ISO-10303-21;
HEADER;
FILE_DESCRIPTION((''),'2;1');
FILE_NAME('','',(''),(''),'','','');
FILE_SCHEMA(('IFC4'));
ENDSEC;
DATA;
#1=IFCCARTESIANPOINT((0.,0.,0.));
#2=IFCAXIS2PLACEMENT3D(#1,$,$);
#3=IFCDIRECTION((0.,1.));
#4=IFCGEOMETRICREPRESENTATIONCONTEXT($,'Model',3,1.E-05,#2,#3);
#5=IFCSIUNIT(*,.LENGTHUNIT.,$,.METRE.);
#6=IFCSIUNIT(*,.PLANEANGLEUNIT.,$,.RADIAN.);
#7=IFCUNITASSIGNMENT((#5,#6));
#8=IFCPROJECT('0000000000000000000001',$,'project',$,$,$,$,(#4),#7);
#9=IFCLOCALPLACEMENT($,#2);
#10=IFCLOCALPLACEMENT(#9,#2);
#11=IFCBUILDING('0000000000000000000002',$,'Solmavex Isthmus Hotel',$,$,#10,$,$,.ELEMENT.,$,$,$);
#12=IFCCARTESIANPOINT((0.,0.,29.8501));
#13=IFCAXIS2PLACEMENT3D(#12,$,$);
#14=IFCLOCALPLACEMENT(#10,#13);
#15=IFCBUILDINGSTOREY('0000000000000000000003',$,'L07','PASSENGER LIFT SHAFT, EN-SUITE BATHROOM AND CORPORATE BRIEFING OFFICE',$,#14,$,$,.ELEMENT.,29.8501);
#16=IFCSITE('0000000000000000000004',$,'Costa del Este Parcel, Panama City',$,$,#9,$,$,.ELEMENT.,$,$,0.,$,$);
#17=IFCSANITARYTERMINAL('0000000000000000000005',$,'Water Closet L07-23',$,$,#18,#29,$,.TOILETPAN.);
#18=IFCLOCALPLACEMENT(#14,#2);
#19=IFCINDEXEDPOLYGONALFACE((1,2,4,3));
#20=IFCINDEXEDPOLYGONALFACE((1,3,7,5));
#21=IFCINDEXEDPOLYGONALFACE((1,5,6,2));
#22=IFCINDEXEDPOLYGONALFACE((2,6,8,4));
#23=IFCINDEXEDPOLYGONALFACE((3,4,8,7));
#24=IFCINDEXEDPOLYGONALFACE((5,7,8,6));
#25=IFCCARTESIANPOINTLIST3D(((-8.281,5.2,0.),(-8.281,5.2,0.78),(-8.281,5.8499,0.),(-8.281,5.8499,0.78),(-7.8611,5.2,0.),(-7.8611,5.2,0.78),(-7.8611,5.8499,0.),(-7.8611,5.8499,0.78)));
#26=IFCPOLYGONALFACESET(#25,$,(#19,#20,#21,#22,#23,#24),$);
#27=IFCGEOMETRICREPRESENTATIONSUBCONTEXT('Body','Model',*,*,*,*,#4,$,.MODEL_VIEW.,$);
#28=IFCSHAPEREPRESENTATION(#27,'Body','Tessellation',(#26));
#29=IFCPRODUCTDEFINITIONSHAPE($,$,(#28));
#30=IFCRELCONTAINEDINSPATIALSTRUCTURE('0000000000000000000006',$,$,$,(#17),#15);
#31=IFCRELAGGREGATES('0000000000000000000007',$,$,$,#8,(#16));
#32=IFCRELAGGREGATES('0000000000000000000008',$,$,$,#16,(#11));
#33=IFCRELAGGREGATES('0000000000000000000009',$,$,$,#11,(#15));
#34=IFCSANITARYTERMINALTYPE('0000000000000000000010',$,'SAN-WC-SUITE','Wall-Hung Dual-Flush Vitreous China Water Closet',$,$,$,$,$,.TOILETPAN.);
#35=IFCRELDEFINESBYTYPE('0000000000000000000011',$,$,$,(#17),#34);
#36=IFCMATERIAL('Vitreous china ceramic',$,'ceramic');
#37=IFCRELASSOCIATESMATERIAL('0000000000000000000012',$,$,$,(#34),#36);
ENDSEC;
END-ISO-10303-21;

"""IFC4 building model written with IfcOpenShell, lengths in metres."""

from ifc_helpers import new_model, si_unit, direction, frame, origin, origin_2d, place, context, subcontext, project, spatial, rectangle, extrude, material, type_object, element, save


model = new_model("IFC4")

# Units and contexts
model_context = context("Model", 3, precision=1e-05, world=origin(), true_north=direction((0.0, 1.0)))
body_context = subcontext(model_context, "Body", "Model", "MODEL_VIEW")
ifc_project = project(units=[si_unit("LENGTHUNIT", "METRE"), si_unit("PLANEANGLEUNIT", "RADIAN")], contexts=[model_context])

# Site, building, storey
site_placement = place(None, origin())
site = spatial("IfcSite", under=ifc_project, at=site_placement, Name="Costa del Este Parcel, Panama City", CompositionType="ELEMENT", RefElevation=0.0)
building_placement = place(site_placement, origin())
building = spatial("IfcBuilding", under=site, at=building_placement, Name="Solmavex Isthmus Hotel", CompositionType="ELEMENT")
storey_placement = place(building_placement, frame((0.0, 0.0, 29.8501)))
storey = spatial("IfcBuildingStorey", under=building, at=storey_placement, Name="L07", Description="PASSENGER LIFT SHAFT, EN-SUITE BATHROOM AND CORPORATE BRIEFING OFFICE", CompositionType="ELEMENT", Elevation=29.8501)

# Sanitary terminal
ifc_material_1 = material(Name="Vitreous china ceramic", Category="ceramic")
sanitary_terminal_type_1 = type_object("IfcSanitaryTerminalType", Name="SAN-WC-SUITE", Description="Wall-Hung Dual-Flush Vitreous China Water Closet", PredefinedType="TOILETPAN", material=ifc_material_1)
sanitary_terminal_1_placement = place(storey_placement, frame((-8.071, 5.5249, 0.0), z_axis=(0.0, 0.0, 1.0), x_axis=(1.0, 0.0, 0.0)))
element("IfcSanitaryTerminal", 1, at=sanitary_terminal_1_placement, inside=storey, type_object=sanitary_terminal_type_1, Name="Water Closet L07-23", PredefinedType="TOILETPAN", context=body_context, shape_type="SweptSolid", body=[
    extrude(rectangle(XDim=0.4199, YDim=0.6499, at=origin_2d()), origin(), (0.0, 0.0, 1.0), 0.78),
])

save(model, "model.ifc")
